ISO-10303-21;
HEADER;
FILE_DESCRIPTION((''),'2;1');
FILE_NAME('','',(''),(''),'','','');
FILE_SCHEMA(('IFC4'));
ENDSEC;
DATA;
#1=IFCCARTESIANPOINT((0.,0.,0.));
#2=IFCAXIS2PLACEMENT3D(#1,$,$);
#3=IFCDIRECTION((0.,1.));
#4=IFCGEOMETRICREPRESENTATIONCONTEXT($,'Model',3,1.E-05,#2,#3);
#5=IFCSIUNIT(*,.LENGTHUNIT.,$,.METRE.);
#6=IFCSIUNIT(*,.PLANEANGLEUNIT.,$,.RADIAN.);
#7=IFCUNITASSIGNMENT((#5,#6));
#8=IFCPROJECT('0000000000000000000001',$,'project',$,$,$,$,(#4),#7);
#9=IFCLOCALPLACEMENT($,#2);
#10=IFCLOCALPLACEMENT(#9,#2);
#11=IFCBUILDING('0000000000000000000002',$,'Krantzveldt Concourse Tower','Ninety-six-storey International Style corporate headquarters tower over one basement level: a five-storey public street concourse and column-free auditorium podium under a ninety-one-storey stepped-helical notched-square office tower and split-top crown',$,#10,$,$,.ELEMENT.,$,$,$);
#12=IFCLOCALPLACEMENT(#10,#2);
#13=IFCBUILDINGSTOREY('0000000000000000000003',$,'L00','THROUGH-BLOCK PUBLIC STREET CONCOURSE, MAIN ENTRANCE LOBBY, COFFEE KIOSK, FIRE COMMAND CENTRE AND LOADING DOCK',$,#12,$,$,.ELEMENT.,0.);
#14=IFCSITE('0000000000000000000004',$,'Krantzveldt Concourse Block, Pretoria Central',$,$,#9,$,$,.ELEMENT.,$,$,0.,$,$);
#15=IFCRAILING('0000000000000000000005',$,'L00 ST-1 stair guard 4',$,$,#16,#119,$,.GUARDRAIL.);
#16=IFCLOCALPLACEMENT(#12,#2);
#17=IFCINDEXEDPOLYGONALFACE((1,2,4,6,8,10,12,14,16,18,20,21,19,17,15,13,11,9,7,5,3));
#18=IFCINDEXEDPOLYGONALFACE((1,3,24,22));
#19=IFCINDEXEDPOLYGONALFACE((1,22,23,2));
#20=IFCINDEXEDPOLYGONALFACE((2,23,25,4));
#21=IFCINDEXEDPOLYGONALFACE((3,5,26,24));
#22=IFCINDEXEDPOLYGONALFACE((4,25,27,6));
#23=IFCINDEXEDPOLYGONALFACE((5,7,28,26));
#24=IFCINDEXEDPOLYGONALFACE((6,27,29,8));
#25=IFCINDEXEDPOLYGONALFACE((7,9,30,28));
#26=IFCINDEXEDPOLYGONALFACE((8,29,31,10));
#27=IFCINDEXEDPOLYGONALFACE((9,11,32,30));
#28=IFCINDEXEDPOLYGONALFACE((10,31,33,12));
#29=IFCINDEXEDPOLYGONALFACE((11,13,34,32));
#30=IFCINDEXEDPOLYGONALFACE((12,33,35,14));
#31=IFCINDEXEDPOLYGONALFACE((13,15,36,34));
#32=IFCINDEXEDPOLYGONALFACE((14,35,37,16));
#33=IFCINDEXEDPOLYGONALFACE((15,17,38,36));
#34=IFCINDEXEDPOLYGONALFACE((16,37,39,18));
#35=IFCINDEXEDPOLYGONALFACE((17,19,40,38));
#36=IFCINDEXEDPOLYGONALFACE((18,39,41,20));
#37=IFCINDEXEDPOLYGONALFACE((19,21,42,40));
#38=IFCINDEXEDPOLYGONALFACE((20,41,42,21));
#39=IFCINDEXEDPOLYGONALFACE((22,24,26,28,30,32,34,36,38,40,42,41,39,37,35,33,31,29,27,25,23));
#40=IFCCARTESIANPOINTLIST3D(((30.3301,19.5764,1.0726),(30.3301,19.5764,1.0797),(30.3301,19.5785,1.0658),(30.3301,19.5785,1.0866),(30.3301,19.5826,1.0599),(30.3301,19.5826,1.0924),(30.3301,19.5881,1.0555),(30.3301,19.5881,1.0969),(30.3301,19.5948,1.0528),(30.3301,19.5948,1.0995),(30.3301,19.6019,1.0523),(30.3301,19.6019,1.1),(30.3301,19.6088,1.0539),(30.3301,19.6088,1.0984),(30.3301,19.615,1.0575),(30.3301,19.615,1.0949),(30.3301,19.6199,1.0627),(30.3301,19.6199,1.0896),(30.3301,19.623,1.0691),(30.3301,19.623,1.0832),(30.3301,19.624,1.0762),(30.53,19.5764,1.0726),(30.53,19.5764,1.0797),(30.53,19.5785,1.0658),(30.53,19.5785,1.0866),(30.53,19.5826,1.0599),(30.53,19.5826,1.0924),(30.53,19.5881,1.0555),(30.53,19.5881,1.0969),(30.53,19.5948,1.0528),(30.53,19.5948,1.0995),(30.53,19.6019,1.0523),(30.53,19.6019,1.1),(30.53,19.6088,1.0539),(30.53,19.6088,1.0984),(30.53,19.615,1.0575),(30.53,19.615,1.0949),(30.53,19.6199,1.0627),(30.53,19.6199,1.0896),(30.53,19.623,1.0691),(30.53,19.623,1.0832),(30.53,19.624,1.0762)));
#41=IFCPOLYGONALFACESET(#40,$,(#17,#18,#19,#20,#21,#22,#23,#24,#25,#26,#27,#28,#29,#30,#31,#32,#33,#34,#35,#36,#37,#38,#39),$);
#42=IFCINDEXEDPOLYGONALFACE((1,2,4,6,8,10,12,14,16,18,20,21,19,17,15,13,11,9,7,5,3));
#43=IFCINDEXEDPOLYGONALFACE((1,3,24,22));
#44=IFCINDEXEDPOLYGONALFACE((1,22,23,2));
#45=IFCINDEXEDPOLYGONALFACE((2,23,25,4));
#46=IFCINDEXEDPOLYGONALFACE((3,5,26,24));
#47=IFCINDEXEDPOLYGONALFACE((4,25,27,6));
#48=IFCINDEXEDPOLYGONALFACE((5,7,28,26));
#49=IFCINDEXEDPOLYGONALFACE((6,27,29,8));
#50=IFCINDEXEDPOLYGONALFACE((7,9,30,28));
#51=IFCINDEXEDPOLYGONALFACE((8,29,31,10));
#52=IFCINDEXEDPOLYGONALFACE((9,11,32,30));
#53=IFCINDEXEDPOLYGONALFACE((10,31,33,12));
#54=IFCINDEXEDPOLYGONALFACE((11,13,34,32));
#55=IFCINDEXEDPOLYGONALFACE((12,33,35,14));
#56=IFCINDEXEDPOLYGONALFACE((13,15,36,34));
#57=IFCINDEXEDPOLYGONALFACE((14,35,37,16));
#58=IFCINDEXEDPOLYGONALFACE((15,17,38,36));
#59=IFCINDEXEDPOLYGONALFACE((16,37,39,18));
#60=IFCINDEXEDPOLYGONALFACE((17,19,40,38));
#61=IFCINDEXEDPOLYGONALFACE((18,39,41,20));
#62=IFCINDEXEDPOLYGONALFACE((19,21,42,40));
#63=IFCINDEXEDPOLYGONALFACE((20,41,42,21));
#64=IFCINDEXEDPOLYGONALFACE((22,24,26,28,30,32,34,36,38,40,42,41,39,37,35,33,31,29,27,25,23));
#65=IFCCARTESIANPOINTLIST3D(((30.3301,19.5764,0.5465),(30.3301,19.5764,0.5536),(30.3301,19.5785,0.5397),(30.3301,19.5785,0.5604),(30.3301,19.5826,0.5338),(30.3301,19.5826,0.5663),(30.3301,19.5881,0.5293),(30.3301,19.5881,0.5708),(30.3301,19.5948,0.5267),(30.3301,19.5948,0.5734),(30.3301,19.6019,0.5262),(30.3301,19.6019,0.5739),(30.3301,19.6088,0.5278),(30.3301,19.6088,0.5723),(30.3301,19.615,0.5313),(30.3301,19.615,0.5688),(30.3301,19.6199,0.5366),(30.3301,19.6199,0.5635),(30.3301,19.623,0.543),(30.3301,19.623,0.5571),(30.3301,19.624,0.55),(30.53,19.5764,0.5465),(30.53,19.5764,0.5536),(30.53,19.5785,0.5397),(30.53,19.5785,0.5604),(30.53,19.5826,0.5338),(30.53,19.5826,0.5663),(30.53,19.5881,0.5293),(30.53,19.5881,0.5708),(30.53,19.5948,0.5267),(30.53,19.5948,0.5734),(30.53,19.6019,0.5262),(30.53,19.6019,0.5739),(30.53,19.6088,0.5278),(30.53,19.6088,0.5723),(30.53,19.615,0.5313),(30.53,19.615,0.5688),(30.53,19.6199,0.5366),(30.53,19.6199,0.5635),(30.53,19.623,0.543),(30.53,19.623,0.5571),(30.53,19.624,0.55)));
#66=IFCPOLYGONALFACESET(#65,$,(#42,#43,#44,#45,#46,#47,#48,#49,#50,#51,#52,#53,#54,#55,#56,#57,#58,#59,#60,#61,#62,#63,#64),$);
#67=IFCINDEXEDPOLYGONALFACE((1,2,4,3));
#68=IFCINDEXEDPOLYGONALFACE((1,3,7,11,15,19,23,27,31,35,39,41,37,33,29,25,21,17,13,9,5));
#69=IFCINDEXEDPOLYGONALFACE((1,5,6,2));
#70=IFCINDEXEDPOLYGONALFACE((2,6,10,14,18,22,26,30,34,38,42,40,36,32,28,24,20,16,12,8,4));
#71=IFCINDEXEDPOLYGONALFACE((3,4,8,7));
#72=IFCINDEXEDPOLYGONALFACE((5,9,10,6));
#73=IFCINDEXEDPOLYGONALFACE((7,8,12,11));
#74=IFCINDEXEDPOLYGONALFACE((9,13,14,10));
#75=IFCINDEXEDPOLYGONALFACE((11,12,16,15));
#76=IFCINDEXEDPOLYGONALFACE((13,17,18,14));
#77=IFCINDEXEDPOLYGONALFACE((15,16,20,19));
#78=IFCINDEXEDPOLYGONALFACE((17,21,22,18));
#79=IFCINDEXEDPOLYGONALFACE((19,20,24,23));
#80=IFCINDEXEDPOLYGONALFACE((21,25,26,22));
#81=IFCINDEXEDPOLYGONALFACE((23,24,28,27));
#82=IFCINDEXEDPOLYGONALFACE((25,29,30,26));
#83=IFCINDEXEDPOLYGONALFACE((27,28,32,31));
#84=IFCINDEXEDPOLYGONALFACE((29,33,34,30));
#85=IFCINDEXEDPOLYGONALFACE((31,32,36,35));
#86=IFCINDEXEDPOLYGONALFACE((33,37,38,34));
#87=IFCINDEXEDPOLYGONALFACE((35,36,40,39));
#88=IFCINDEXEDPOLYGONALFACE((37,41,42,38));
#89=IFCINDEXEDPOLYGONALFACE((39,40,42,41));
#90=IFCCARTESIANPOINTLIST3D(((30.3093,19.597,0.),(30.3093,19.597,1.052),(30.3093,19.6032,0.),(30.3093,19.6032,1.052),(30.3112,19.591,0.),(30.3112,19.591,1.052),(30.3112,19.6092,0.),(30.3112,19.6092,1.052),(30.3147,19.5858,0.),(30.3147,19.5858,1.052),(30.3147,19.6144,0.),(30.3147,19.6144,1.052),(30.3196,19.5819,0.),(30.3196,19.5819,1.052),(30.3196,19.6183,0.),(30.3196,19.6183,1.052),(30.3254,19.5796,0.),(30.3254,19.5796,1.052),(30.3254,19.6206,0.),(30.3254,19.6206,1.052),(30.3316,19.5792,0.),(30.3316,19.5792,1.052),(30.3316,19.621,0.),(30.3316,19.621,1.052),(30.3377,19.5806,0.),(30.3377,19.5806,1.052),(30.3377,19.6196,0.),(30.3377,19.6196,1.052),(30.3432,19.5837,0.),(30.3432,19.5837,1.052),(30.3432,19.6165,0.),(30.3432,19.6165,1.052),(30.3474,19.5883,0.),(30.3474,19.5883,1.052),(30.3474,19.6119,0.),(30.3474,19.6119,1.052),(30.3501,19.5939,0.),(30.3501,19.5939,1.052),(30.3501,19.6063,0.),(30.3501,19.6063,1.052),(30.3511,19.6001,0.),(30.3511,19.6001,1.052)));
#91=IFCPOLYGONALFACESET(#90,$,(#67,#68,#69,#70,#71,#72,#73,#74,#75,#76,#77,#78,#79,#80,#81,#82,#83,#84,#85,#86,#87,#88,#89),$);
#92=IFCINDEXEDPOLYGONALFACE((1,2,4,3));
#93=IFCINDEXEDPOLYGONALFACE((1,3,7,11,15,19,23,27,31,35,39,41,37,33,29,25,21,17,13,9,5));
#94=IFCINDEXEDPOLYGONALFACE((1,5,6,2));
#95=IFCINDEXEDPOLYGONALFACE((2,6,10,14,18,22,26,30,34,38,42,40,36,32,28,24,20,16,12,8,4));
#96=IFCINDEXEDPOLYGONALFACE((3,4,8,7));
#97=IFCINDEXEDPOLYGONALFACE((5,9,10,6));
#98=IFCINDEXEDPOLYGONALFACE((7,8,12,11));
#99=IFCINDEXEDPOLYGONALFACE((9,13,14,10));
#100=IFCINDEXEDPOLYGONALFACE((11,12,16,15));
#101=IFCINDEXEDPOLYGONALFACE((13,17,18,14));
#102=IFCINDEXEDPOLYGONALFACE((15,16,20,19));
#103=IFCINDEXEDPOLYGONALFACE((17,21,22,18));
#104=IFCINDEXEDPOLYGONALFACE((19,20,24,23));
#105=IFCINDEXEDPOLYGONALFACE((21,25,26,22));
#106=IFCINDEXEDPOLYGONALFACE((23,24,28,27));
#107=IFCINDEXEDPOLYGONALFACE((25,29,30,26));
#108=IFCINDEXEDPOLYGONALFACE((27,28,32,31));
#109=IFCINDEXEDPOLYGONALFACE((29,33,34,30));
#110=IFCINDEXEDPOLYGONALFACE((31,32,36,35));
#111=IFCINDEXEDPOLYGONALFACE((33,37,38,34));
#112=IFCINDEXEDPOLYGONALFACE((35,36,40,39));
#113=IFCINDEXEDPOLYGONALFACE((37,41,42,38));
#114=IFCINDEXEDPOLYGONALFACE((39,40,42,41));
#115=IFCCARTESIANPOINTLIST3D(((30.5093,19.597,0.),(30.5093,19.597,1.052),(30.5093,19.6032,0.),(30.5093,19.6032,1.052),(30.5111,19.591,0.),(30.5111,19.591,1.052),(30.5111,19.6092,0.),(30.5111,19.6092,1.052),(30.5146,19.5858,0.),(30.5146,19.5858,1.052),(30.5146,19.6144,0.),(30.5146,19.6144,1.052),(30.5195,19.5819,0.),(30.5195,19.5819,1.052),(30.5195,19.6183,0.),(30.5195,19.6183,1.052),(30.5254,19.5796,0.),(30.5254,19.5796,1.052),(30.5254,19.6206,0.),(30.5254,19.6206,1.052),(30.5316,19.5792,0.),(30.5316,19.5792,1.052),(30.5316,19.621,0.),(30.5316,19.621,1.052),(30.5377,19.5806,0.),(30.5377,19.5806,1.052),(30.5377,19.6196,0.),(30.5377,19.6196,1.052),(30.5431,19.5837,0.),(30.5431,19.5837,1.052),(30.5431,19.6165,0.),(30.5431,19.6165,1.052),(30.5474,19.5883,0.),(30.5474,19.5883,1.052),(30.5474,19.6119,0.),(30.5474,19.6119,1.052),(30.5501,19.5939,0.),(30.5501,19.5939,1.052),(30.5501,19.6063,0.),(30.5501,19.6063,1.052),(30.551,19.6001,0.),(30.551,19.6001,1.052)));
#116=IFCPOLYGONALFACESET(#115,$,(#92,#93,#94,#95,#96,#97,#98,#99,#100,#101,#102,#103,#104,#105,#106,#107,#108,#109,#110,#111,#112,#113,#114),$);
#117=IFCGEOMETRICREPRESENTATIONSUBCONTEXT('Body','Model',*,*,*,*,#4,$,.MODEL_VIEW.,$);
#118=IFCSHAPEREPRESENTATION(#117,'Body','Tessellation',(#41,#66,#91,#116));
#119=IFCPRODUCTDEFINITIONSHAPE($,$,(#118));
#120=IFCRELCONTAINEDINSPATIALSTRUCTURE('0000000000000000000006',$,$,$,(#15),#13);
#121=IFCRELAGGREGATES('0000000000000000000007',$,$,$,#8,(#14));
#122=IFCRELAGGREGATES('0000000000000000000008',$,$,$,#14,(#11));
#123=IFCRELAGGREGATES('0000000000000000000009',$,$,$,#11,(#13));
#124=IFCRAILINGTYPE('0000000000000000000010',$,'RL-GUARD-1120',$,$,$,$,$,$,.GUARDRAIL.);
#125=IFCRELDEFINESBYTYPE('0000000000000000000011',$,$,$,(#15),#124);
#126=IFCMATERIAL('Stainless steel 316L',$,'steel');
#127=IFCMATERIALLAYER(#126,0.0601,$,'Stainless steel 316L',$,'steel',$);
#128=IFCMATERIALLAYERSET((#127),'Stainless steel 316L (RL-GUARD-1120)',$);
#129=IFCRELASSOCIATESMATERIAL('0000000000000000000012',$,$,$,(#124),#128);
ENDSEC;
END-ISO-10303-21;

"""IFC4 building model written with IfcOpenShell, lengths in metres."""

from ifc_helpers import new_model, si_unit, direction, frame, origin, origin_2d, place, context, subcontext, project, spatial, circle, extrude, material, layer, layer_set, type_object, element, save


model = new_model("IFC4")

# Units and contexts
model_context = context("Model", 3, precision=1e-05, world=origin(), true_north=direction((0.0, 1.0)))
body_context = subcontext(model_context, "Body", "Model", "MODEL_VIEW")
ifc_project = project(units=[si_unit("LENGTHUNIT", "METRE"), si_unit("PLANEANGLEUNIT", "RADIAN")], contexts=[model_context])

# Site, building, storey
site_placement = place(None, origin())
site = spatial("IfcSite", under=ifc_project, at=site_placement, Name="Krantzveldt Concourse Block, Pretoria Central", CompositionType="ELEMENT", RefElevation=0.0)
building_placement = place(site_placement, origin())
building = spatial("IfcBuilding", under=site, at=building_placement, Name="Krantzveldt Concourse Tower", Description="Ninety-six-storey International Style corporate headquarters tower over one basement level: a five-storey public street concourse and column-free auditorium podium under a ninety-one-storey stepped-helical notched-square office tower and split-top crown", CompositionType="ELEMENT")
storey_placement = place(building_placement, origin())
storey = spatial("IfcBuildingStorey", under=building, at=storey_placement, Name="L00", Description="THROUGH-BLOCK PUBLIC STREET CONCOURSE, MAIN ENTRANCE LOBBY, COFFEE KIOSK, FIRE COMMAND CENTRE AND LOADING DOCK", CompositionType="ELEMENT", Elevation=0.0)

# Railing
ifc_material_1 = material(Name="Stainless steel 316L", Category="steel")
ifc_layer_1 = layer(ifc_material_1, 0.0601, Name="Stainless steel 316L", Category="steel")
ifc_layer_set_1 = layer_set([ifc_layer_1], Name="Stainless steel 316L (RL-GUARD-1120)")
railing_type = type_object("IfcRailingType", Name="RL-GUARD-1120", PredefinedType="GUARDRAIL", material=ifc_layer_set_1)
railing_1_placement = place(storey_placement, frame((30.3301, 19.6001, 0.0)))
element("IfcRailing", 1, at=railing_1_placement, inside=storey, type_object=railing_type, Name="L00 ST-1 stair guard 4", PredefinedType="GUARDRAIL", context=body_context, shape_type="SweptSolid", body=[
    extrude(circle(Radius=0.0239, at=origin_2d()), frame((0.0, 0.0, 1.0762), z_axis=(1.0, 0.0, 0.0), x_axis=(0.0, 1.0, 0.0)), (0.0, 0.0, 1.0), 0.2),
    extrude(circle(Radius=0.0239, at=origin_2d()), frame((0.0, 0.0, 0.55), z_axis=(1.0, 0.0, 0.0), x_axis=(0.0, 1.0, 0.0)), (0.0, 0.0, 1.0), 0.2),
    extrude(circle(Radius=0.021, at=origin_2d()), origin(), (0.0, 0.0, 1.0), 1.052),
    extrude(circle(Radius=0.021, at=origin_2d()), frame((0.2, 0.0, 0.0)), (0.0, 0.0, 1.0), 1.052),
])

save(model, "model.ifc")
